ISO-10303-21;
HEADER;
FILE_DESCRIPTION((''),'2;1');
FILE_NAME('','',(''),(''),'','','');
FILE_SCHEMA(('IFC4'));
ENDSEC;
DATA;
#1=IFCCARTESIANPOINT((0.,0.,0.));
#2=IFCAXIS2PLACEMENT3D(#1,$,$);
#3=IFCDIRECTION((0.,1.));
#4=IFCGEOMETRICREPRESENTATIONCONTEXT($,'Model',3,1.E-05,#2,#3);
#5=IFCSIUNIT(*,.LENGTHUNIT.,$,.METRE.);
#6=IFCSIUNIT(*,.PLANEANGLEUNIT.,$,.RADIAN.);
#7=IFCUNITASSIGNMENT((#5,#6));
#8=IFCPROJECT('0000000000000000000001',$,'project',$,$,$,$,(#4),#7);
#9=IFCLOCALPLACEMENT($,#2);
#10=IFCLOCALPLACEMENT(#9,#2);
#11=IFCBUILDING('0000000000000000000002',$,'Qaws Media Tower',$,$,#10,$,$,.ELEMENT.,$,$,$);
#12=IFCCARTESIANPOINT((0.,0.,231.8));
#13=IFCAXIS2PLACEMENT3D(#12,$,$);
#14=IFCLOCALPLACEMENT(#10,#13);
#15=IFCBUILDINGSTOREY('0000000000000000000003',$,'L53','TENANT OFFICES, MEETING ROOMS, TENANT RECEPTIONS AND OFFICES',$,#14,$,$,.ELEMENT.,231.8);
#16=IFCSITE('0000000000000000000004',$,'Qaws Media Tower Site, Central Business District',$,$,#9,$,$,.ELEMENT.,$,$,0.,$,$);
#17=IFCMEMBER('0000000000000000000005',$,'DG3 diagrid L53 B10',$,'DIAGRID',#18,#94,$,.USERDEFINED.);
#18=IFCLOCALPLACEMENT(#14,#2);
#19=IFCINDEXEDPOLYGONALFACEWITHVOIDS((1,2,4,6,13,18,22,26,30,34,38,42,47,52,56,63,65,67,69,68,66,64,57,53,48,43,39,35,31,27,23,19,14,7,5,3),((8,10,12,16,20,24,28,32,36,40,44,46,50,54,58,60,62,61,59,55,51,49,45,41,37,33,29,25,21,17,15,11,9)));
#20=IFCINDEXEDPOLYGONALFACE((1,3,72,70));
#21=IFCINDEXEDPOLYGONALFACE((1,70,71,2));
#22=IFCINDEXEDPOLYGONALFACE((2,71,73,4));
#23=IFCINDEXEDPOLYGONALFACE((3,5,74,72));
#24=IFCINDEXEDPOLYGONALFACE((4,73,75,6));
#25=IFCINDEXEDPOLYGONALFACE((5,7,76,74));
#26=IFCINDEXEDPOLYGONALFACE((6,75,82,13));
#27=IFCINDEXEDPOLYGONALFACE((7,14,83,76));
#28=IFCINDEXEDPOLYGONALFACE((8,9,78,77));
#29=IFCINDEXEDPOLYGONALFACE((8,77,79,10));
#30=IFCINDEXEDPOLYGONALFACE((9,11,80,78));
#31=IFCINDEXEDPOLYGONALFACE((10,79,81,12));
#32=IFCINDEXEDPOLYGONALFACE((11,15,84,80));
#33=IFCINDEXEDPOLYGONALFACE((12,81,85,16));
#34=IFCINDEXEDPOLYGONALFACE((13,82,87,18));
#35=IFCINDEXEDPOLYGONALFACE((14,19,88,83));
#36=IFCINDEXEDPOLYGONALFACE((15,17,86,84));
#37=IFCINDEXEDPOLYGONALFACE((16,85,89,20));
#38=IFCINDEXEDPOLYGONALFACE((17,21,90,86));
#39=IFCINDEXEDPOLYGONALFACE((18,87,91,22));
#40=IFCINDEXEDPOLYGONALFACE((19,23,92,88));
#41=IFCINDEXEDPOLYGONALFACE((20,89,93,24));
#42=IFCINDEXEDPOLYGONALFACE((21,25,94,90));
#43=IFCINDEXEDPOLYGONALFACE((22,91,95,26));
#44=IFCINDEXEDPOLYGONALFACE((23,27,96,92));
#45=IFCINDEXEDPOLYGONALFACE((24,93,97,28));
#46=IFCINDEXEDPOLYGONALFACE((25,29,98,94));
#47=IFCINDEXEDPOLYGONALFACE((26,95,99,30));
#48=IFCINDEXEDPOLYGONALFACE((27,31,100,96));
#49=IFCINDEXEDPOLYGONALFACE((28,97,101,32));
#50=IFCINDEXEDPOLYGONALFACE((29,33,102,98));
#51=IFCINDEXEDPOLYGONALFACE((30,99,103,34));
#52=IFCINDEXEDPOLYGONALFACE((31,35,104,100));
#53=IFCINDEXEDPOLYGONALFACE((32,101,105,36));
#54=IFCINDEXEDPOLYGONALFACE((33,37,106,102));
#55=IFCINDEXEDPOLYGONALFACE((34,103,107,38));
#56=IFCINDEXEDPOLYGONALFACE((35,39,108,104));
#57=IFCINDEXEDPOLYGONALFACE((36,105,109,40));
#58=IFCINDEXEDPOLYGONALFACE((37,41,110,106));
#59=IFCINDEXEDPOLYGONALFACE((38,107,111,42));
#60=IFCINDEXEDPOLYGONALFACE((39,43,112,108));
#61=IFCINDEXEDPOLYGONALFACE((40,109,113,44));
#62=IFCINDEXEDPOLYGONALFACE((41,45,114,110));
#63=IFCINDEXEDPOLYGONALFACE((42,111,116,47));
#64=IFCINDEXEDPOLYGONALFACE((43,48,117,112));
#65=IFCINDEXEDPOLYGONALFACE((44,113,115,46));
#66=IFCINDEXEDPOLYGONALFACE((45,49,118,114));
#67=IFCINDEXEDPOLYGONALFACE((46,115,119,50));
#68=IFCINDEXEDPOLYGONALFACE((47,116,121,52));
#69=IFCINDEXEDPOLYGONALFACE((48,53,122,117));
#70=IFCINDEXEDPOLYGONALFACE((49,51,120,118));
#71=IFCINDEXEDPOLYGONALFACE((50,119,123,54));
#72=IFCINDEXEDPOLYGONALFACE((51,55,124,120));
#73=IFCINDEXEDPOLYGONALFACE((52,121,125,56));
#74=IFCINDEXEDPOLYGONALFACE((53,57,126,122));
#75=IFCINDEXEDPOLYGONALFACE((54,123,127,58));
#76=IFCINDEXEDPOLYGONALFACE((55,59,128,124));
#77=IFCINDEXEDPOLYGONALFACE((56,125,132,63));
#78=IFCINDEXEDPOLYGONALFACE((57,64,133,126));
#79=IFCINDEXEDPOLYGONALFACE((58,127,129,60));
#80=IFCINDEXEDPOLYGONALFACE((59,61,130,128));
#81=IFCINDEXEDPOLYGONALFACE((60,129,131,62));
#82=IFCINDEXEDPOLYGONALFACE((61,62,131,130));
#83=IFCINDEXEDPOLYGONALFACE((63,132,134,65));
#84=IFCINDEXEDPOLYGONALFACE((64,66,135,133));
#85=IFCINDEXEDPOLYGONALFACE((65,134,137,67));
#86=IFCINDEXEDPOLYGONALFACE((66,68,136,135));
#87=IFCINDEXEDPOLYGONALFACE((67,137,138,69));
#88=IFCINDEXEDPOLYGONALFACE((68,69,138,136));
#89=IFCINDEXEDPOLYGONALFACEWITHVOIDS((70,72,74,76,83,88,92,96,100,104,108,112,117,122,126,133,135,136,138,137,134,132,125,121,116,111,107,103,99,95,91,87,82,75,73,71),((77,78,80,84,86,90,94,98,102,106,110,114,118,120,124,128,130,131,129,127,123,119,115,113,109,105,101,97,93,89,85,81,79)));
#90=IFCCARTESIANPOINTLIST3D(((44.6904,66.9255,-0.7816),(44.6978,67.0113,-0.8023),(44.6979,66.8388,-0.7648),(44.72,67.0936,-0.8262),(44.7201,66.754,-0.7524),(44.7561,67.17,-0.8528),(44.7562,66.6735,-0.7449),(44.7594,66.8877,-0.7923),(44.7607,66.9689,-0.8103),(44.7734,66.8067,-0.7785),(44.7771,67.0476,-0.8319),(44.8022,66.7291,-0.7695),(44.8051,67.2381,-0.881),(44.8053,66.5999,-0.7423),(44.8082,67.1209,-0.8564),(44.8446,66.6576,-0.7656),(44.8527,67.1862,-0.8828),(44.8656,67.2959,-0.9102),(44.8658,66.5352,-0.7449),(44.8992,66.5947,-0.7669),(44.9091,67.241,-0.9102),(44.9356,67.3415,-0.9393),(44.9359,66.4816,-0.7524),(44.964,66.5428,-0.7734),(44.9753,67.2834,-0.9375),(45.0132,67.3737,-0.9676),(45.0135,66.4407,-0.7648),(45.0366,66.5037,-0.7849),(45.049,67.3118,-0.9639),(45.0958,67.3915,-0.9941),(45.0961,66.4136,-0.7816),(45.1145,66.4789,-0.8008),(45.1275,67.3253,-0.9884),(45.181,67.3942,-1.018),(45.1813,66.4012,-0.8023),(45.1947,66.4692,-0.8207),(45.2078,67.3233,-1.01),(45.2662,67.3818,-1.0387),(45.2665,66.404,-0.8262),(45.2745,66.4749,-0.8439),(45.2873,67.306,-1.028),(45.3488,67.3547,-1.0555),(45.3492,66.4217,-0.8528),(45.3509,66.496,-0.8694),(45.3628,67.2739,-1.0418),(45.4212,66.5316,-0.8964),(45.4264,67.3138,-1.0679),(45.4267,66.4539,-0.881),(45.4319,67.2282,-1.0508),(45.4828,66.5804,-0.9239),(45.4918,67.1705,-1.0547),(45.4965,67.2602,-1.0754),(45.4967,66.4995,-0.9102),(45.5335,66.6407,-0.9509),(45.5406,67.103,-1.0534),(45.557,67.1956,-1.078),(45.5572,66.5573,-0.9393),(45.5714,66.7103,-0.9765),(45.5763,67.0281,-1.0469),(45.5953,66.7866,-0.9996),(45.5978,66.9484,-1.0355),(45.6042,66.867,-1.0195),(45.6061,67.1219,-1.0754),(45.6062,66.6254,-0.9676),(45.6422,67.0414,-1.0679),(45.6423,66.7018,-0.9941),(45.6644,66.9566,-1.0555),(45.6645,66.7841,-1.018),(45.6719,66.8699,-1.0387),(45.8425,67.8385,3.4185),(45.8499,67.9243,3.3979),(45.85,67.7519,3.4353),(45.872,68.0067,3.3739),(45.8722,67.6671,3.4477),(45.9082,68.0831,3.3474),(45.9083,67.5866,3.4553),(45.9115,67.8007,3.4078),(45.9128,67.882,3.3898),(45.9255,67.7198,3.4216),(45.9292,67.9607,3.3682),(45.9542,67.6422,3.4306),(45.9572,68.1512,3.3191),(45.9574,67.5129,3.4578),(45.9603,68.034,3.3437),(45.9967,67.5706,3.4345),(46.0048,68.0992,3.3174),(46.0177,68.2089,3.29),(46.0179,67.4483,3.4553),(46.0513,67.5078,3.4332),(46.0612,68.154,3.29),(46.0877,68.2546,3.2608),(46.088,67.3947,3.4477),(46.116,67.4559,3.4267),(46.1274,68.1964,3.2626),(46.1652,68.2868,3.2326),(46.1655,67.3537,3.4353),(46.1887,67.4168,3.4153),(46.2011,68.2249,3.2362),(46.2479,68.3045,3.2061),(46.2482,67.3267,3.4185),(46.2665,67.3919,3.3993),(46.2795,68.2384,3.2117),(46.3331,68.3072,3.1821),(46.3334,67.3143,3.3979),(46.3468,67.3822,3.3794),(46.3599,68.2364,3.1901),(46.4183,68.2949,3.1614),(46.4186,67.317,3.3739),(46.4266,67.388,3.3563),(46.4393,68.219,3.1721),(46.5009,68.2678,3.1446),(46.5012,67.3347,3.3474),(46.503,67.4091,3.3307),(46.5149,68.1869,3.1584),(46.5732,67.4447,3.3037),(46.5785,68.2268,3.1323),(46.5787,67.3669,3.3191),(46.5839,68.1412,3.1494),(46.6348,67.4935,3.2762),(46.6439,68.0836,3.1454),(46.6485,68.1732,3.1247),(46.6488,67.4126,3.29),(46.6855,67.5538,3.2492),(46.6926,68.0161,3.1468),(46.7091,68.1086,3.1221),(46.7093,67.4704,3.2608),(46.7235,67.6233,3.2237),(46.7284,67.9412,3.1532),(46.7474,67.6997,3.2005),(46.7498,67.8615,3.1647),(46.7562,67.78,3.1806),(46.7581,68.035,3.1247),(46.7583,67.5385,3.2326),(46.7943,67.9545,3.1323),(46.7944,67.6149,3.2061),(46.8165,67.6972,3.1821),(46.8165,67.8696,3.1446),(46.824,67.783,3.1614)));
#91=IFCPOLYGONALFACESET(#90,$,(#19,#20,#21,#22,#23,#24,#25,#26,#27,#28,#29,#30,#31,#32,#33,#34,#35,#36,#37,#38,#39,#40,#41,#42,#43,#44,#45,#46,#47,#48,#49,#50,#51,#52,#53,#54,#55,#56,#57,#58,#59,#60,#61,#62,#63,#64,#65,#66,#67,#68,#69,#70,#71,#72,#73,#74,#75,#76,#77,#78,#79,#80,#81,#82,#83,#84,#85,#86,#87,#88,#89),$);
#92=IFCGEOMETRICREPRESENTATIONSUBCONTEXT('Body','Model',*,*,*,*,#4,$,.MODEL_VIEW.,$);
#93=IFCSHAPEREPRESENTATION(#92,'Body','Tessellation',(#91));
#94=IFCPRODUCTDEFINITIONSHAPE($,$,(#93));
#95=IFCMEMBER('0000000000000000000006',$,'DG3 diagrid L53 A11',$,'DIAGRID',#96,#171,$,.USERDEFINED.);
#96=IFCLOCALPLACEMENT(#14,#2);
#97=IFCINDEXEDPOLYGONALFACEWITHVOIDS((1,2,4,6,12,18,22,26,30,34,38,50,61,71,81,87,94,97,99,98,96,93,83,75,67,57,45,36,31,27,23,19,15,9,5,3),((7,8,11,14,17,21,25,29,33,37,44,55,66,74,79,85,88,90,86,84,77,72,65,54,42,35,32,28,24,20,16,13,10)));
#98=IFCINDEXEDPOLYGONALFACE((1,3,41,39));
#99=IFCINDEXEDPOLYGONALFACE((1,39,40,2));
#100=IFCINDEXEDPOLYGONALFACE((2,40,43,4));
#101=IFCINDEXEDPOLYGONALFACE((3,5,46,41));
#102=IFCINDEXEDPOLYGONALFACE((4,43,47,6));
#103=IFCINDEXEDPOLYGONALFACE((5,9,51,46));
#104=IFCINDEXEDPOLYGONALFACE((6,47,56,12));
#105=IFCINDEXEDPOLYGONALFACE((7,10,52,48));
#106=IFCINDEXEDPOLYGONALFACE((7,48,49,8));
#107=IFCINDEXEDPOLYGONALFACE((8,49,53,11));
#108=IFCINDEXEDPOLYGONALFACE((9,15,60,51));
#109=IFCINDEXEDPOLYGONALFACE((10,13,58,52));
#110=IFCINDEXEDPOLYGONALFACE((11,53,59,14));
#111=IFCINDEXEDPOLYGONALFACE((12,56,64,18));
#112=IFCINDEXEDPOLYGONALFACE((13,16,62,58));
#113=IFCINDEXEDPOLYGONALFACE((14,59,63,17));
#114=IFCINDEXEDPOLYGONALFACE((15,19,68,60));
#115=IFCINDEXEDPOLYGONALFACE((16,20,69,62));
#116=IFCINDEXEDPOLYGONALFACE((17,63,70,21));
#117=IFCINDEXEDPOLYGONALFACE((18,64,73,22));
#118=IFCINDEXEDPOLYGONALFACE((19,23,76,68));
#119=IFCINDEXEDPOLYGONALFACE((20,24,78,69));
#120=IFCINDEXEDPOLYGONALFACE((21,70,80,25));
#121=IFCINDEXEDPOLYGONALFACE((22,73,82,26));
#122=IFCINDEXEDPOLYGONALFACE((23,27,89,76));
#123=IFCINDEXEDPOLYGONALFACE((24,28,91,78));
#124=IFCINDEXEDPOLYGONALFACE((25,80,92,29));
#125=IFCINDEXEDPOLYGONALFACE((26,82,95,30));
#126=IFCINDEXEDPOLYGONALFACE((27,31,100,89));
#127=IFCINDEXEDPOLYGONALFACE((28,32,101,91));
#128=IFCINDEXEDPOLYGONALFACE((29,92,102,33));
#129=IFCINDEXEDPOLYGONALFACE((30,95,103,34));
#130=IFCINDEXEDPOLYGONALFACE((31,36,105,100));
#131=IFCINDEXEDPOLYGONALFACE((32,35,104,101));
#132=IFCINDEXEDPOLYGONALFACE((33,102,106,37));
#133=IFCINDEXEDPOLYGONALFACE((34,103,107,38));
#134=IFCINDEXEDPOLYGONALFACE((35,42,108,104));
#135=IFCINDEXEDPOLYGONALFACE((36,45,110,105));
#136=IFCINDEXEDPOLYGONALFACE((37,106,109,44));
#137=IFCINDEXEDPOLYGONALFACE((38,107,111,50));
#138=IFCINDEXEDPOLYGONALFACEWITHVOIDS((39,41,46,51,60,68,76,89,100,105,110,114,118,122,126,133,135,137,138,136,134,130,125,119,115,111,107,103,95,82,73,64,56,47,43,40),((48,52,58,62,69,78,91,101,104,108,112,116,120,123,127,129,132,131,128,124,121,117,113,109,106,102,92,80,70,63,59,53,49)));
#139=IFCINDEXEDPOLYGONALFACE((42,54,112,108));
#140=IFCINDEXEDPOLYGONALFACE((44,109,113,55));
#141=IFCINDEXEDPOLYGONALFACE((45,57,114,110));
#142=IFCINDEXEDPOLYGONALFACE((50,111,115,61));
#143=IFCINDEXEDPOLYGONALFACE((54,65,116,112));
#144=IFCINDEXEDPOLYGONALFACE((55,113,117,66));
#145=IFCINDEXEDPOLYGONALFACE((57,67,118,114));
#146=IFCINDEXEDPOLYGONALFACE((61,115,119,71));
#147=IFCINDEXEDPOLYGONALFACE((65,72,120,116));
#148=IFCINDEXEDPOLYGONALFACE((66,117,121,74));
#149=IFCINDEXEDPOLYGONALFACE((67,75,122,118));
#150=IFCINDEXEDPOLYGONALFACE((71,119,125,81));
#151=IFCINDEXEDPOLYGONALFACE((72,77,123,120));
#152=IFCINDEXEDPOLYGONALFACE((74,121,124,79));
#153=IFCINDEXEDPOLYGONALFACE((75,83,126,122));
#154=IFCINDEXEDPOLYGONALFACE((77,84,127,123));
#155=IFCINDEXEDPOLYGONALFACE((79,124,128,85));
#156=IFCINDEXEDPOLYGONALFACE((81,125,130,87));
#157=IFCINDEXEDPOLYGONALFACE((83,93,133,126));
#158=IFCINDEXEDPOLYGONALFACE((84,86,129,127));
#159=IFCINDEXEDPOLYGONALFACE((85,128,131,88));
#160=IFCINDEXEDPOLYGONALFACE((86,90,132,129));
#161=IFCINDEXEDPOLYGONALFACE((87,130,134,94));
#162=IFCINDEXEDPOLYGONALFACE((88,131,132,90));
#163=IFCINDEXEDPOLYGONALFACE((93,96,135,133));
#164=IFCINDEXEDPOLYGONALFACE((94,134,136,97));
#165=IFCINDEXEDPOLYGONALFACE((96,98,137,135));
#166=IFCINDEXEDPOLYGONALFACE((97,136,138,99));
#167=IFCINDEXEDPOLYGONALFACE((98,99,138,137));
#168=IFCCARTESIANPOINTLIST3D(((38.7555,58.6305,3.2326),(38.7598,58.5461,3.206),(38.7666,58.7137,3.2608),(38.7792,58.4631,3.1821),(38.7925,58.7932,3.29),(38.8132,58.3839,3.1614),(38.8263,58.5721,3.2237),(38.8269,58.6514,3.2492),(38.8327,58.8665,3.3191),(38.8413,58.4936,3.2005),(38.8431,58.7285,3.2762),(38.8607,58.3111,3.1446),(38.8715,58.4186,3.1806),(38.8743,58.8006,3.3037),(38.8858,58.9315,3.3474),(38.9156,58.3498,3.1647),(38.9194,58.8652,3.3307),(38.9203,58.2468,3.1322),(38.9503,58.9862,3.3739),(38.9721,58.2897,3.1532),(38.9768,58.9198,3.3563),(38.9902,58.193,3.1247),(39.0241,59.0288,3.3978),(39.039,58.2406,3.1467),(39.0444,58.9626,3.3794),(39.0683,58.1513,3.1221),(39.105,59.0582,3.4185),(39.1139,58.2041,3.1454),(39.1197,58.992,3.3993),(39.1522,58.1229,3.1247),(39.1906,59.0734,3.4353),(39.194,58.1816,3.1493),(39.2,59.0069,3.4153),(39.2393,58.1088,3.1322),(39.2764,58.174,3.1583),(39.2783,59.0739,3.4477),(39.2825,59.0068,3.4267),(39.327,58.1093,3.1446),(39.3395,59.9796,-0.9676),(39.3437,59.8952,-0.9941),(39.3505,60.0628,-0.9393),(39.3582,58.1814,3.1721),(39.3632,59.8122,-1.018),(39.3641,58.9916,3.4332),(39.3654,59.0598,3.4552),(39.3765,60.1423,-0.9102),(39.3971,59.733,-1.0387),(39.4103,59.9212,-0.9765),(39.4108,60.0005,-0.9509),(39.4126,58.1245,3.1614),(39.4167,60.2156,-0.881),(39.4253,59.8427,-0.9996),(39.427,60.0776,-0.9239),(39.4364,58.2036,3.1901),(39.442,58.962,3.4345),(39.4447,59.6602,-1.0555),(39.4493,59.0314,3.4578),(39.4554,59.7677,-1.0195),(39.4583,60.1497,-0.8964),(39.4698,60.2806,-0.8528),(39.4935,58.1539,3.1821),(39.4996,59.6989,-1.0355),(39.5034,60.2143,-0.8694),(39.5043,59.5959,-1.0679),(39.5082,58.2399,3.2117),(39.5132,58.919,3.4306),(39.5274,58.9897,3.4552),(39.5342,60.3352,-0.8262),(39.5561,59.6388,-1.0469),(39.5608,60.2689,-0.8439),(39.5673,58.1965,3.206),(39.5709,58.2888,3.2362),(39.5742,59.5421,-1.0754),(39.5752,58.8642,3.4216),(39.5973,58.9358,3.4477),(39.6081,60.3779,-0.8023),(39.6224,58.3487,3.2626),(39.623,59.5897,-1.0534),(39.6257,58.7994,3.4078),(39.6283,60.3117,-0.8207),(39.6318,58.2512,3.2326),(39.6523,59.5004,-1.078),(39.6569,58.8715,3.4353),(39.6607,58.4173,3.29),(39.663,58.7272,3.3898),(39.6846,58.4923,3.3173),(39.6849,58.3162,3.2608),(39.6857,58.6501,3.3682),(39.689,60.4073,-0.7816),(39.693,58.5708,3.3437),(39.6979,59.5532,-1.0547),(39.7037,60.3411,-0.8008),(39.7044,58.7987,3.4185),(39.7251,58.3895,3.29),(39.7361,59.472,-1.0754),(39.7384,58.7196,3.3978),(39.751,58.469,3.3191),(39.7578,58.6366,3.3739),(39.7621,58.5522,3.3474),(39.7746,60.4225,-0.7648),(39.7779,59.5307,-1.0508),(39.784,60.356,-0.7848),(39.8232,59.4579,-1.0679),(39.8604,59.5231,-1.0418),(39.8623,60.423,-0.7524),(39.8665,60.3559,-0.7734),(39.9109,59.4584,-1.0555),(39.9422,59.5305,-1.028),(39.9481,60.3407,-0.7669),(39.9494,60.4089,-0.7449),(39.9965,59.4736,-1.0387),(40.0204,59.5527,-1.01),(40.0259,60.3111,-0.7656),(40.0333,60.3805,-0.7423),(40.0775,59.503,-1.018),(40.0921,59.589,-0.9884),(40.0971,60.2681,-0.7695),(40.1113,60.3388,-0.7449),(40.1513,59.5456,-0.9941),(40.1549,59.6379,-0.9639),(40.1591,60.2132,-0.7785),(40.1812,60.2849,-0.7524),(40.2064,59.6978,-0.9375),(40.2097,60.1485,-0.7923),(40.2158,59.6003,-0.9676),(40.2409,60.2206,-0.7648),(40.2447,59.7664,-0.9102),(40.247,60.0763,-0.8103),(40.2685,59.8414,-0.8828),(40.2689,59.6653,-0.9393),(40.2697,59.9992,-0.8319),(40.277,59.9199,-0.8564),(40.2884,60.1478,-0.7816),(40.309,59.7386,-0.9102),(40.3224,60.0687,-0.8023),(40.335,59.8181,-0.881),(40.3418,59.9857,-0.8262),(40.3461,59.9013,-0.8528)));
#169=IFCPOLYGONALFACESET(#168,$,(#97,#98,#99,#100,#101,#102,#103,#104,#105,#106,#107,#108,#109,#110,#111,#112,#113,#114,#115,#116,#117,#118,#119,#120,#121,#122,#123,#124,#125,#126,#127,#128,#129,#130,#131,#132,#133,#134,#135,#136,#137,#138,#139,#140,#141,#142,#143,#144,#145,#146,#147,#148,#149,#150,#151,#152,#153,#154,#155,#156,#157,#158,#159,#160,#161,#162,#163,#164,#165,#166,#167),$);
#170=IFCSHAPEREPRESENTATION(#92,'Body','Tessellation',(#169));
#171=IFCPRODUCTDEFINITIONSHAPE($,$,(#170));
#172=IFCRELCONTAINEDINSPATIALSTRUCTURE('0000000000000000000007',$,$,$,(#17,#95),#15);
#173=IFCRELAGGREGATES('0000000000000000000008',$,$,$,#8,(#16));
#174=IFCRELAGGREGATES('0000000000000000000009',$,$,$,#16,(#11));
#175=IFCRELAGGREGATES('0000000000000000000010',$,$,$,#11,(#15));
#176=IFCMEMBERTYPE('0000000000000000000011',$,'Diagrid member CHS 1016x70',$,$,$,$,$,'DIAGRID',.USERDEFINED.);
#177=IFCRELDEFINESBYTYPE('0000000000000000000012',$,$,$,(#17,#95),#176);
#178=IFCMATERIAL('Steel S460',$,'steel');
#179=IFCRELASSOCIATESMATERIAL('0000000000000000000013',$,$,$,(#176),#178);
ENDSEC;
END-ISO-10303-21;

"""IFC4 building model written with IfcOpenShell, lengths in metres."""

from ifc_helpers import new_model, si_unit, direction, frame, origin, origin_2d, place, context, subcontext, project, spatial, hollow_circle, extrude, material, material_profile, profile_set, type_object, element, save


model = new_model("IFC4")

# Units and contexts
model_context = context("Model", 3, precision=1e-05, world=origin(), true_north=direction((0.0, 1.0)))
body_context = subcontext(model_context, "Body", "Model", "MODEL_VIEW")
ifc_project = project(units=[si_unit("LENGTHUNIT", "METRE"), si_unit("PLANEANGLEUNIT", "RADIAN")], contexts=[model_context])

# Site, building, storey
site_placement = place(None, origin())
site = spatial("IfcSite", under=ifc_project, at=site_placement, Name="Qaws Media Tower Site, Central Business District", CompositionType="ELEMENT", RefElevation=0.0)
building_placement = place(site_placement, origin())
building = spatial("IfcBuilding", under=site, at=building_placement, Name="Qaws Media Tower", CompositionType="ELEMENT")
storey_placement = place(building_placement, frame((0.0, 0.0, 231.8)))
storey = spatial("IfcBuildingStorey", under=building, at=storey_placement, Name="L53", Description="TENANT OFFICES, MEETING ROOMS, TENANT RECEPTIONS AND OFFICES", CompositionType="ELEMENT", Elevation=231.8)

# Members
ifc_material_1 = material(Name="Steel S460", Category="steel")
ifc_material_profile_1 = material_profile(ifc_material_1, hollow_circle(Radius=0.5081, WallThickness=0.0701, at=origin_2d()), Name="CHS 1016x70")
ifc_profile_set_1 = profile_set([ifc_material_profile_1], Name="Steel S460")
member_type_1 = type_object("IfcMemberType", Name="Diagrid member CHS 1016x70", ElementType="DIAGRID", PredefinedType="USERDEFINED", material=ifc_profile_set_1)
for number, where, z_axis, x_axis, name in (
    (1, (45.1812, 66.8977, -0.9102), (0.258897, 0.205187, 0.943859), (-0.621124, 0.783712, 0.0), "DG3 diagrid L53 B10"),
    (2, (39.8428, 59.9404, -0.9102), (-0.131231, -0.303171, 0.943857), (0.917713, -0.397244, 0.0), "DG3 diagrid L53 A11"),
):
    element("IfcMember", number, at=place(storey_placement, frame(where, z_axis=z_axis, x_axis=x_axis)), inside=storey, type_object=member_type_1, Name=name, ObjectType="DIAGRID", PredefinedType="USERDEFINED", context=body_context, shape_type="SweptSolid", body=[
        extrude(hollow_circle(Radius=0.5081, WallThickness=0.0701, at=origin_2d()), origin(), (0.0, 0.0, 1.0), 4.45),
    ])

save(model, "model.ifc")
